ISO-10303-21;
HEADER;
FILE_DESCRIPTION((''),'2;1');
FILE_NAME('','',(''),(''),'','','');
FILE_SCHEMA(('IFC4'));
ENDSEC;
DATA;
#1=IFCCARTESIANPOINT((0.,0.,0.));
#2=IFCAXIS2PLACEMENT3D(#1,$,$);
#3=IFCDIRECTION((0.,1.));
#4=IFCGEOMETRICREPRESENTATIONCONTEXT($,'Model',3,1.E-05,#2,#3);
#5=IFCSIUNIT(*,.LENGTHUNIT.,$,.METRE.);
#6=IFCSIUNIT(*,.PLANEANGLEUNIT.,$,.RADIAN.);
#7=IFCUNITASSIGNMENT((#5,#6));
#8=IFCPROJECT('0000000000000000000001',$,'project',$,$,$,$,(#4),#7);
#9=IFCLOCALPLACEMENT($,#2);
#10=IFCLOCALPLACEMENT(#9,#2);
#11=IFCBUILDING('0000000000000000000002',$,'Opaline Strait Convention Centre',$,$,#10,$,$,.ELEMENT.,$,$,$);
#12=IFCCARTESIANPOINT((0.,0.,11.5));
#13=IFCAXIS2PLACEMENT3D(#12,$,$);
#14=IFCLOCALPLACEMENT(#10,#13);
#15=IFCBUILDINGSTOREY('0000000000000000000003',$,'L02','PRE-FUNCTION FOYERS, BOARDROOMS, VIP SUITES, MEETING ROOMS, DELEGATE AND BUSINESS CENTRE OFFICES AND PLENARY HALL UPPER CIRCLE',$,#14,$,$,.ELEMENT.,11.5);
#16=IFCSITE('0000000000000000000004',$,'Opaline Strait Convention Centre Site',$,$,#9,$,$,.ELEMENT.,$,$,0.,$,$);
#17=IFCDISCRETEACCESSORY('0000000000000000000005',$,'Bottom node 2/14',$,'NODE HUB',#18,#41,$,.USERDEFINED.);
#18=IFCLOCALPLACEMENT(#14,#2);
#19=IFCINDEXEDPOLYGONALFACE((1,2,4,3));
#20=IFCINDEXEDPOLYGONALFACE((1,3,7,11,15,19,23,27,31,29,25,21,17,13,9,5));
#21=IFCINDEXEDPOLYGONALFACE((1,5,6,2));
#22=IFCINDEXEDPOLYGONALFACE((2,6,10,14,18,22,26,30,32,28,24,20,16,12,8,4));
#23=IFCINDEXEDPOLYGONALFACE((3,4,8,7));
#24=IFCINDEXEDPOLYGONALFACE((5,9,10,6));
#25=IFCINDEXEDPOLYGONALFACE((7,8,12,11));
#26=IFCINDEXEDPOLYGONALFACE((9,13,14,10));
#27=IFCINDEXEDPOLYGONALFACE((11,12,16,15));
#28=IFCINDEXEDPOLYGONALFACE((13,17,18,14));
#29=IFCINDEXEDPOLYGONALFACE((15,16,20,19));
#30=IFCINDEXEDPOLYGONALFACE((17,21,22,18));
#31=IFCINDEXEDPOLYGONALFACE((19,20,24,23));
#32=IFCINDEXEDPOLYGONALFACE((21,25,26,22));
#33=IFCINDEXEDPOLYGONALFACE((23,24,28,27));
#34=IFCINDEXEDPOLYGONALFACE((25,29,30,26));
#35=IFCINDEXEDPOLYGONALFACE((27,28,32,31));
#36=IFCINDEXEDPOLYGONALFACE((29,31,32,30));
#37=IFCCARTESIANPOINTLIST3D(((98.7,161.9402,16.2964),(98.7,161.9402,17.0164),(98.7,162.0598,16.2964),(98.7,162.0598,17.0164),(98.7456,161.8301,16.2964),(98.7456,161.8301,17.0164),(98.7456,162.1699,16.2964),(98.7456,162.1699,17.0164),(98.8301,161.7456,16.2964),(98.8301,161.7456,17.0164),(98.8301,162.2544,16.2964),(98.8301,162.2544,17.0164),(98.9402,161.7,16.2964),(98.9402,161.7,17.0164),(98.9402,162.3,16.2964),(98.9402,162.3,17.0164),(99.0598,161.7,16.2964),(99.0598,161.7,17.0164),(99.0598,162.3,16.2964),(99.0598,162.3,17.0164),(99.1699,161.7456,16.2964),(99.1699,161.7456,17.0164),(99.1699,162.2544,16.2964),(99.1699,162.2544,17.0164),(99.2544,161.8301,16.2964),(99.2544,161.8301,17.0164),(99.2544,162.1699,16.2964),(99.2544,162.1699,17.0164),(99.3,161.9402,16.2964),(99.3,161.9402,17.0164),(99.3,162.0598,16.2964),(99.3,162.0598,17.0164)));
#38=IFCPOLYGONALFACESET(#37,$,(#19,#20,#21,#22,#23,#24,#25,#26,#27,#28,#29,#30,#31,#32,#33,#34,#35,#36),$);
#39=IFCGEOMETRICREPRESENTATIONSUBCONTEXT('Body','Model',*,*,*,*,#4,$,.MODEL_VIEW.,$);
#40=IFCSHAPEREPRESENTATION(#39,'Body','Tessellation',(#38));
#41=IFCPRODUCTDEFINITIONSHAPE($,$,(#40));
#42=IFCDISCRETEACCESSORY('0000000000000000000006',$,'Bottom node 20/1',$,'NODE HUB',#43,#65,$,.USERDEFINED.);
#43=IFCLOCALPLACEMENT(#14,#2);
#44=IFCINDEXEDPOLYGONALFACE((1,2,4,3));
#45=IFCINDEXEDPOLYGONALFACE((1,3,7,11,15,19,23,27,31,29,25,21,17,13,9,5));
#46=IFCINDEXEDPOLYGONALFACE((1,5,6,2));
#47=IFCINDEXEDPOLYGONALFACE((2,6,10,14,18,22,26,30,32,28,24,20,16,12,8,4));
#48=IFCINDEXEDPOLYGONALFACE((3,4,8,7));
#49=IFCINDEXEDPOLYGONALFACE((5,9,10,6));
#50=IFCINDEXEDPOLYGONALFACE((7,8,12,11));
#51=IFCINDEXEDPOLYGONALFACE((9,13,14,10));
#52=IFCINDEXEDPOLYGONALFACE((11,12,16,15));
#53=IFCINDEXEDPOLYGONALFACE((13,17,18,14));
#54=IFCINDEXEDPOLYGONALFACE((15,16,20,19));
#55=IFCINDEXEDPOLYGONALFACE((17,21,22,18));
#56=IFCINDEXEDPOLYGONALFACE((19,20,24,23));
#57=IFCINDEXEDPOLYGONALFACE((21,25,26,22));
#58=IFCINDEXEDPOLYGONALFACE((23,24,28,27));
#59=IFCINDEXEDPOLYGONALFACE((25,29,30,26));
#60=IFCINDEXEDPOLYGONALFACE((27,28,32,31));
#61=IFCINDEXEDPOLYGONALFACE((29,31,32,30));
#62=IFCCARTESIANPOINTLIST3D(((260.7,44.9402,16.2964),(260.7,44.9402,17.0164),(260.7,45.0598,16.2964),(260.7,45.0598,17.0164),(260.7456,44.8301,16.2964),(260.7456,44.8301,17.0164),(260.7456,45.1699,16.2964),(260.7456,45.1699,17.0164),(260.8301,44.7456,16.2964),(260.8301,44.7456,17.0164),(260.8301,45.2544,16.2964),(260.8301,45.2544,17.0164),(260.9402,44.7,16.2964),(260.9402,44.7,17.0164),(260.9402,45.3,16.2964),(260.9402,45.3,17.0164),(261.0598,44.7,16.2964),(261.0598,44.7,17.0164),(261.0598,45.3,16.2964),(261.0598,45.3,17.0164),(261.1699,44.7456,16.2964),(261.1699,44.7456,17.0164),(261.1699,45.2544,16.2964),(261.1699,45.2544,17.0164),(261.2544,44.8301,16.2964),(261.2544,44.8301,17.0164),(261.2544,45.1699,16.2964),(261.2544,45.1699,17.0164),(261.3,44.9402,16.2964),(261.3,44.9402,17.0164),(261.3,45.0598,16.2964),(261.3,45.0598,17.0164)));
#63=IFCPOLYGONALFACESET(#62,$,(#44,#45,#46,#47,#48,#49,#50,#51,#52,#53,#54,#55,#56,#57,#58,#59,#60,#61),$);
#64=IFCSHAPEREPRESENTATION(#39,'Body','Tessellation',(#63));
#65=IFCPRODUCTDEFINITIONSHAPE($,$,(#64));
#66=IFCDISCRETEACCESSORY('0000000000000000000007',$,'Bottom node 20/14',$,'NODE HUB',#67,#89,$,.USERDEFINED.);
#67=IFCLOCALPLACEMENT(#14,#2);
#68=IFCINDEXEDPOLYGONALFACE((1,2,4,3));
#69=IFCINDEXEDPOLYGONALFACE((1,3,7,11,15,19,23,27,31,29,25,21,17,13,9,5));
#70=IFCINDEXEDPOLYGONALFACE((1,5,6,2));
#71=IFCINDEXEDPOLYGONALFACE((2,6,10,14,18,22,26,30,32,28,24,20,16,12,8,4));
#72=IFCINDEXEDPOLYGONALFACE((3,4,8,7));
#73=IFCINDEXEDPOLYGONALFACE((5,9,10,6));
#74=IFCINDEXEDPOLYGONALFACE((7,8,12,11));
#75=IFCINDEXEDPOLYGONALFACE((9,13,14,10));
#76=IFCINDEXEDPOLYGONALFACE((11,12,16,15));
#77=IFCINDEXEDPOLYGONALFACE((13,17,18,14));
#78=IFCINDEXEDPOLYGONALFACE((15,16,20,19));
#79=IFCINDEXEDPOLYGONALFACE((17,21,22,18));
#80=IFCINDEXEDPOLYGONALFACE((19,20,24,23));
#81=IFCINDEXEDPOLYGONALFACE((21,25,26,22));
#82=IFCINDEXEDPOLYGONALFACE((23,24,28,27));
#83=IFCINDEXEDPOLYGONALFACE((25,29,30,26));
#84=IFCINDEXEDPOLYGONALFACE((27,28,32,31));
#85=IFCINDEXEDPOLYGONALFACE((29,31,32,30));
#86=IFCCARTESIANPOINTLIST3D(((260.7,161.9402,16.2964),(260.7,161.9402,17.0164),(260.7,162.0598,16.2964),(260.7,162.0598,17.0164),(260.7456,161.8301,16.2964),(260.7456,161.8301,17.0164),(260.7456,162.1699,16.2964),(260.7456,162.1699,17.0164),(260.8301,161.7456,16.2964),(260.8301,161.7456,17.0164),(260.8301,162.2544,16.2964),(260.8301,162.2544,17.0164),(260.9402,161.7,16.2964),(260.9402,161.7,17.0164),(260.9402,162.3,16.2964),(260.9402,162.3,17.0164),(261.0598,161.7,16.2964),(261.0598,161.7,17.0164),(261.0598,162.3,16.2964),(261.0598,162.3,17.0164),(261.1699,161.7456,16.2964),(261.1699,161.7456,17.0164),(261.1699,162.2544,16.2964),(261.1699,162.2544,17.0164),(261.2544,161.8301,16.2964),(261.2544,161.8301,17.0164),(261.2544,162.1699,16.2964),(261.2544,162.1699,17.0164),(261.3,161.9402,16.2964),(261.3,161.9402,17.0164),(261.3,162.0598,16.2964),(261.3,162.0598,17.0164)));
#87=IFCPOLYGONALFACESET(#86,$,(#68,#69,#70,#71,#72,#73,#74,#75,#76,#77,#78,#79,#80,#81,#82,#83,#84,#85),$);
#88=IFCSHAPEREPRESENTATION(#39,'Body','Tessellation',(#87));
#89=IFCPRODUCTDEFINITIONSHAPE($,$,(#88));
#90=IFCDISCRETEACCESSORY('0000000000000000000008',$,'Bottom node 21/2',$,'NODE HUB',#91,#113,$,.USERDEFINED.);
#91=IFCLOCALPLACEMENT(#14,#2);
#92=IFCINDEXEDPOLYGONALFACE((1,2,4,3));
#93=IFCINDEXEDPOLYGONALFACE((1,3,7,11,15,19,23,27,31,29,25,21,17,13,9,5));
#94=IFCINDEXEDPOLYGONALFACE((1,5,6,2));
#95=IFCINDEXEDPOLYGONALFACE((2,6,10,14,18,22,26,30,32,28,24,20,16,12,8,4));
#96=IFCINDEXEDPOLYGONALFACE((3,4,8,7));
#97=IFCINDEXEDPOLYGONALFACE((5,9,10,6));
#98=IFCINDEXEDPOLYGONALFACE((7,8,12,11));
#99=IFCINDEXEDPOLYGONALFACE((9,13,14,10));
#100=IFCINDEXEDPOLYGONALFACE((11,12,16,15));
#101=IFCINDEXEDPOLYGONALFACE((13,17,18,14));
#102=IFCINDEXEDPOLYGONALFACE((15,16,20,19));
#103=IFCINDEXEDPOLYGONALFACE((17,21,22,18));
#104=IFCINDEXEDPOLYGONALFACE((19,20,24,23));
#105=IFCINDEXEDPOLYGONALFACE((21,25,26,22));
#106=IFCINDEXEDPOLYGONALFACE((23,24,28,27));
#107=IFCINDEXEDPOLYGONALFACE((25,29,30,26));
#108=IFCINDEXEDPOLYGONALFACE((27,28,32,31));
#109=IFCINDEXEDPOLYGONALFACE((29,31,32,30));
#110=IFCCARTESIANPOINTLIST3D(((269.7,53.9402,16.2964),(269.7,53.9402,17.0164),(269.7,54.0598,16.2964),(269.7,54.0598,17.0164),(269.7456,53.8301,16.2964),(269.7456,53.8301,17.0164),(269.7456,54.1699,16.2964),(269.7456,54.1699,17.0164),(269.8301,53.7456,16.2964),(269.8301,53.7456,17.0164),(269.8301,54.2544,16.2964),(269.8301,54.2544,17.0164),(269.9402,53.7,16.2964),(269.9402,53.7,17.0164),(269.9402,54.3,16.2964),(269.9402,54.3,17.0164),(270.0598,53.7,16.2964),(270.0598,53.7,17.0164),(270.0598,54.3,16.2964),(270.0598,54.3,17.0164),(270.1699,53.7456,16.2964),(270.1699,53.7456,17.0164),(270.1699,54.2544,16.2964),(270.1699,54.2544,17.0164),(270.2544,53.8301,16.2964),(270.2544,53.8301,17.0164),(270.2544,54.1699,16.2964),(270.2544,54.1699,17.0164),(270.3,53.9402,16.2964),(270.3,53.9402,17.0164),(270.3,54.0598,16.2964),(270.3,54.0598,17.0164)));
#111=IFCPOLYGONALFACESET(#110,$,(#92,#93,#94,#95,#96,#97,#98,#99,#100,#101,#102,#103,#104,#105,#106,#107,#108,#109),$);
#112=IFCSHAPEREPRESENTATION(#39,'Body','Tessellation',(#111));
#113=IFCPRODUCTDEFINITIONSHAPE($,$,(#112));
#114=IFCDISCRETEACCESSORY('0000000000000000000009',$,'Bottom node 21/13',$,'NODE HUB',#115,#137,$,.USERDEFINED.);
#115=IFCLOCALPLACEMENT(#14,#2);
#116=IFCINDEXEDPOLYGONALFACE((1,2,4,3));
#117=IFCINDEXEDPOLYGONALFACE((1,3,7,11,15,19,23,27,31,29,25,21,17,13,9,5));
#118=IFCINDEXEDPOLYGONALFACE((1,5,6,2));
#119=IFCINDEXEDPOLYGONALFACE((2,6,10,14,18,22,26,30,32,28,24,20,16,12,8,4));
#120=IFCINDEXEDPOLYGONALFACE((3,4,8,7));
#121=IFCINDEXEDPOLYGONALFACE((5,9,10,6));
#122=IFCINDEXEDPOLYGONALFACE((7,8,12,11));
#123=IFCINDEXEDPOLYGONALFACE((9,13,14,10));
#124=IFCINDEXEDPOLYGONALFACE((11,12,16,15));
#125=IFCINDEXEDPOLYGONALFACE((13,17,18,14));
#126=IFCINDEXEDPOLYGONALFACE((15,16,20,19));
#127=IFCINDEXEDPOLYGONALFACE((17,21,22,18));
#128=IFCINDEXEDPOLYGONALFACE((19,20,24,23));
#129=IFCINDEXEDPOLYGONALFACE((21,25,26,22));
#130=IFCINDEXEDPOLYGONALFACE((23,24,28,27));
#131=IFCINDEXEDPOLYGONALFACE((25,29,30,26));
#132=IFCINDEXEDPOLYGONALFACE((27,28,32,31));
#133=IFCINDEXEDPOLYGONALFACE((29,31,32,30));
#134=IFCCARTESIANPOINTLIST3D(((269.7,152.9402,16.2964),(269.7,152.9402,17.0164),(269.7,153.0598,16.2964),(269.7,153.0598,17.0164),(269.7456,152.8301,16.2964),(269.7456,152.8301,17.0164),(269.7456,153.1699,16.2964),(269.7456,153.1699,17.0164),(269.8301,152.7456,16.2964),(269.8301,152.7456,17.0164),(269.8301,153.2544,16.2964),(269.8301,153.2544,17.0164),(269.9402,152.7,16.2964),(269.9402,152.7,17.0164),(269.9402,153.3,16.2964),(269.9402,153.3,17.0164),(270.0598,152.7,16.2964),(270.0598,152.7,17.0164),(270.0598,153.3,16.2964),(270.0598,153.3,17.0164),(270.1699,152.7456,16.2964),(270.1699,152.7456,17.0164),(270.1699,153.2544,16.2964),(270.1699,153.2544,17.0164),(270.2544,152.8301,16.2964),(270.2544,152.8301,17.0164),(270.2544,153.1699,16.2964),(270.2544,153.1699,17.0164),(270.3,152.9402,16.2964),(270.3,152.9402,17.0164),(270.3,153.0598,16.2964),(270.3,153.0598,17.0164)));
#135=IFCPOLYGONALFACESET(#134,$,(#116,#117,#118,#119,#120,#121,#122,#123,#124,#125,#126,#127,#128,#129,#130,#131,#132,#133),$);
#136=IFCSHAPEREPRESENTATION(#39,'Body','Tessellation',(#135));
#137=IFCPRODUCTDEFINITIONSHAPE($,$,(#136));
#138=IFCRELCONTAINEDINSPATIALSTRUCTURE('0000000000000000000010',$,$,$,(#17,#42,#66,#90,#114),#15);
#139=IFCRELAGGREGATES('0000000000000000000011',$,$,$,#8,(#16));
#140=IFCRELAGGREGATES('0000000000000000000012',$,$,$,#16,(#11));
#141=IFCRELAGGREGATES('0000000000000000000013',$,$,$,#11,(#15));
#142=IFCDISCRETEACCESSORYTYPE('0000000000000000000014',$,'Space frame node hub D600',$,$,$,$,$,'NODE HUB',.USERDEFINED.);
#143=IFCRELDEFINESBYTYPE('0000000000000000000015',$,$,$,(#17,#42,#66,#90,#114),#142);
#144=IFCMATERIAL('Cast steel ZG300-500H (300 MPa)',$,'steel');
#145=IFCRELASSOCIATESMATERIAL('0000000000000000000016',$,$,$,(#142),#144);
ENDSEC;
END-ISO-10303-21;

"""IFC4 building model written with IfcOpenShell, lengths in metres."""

from ifc_helpers import new_model, si_unit, direction, frame, origin, place, context, subcontext, project, spatial, polyline, outline, extrude, material, type_object, element, save


model = new_model("IFC4")

# Units and contexts
model_context = context("Model", 3, precision=1e-05, world=origin(), true_north=direction((0.0, 1.0)))
body_context = subcontext(model_context, "Body", "Model", "MODEL_VIEW")
ifc_project = project(units=[si_unit("LENGTHUNIT", "METRE"), si_unit("PLANEANGLEUNIT", "RADIAN")], contexts=[model_context])

# Site, building, storey
site_placement = place(None, origin())
site = spatial("IfcSite", under=ifc_project, at=site_placement, Name="Opaline Strait Convention Centre Site", CompositionType="ELEMENT", RefElevation=0.0)
building_placement = place(site_placement, origin())
building = spatial("IfcBuilding", under=site, at=building_placement, Name="Opaline Strait Convention Centre", CompositionType="ELEMENT")
storey_placement = place(building_placement, frame((0.0, 0.0, 11.5)))
storey = spatial("IfcBuildingStorey", under=building, at=storey_placement, Name="L02", Description="PRE-FUNCTION FOYERS, BOARDROOMS, VIP SUITES, MEETING ROOMS, DELEGATE AND BUSINESS CENTRE OFFICES AND PLENARY HALL UPPER CIRCLE", CompositionType="ELEMENT", Elevation=11.5)

# Discrete accessories
ifc_material = material(Name="Cast steel ZG300-500H (300 MPa)", Category="steel")
discrete_accessory_type_1 = type_object("IfcDiscreteAccessoryType", Name="Space frame node hub D600", ElementType="NODE HUB", PredefinedType="USERDEFINED", material=ifc_material)
discrete_accessory_1_placement = place(storey_placement, frame((0.0, 0.0, 16.2964)))
element("IfcDiscreteAccessory", 1, at=discrete_accessory_1_placement, inside=storey, type_object=discrete_accessory_type_1, Name="Bottom node 2/14", ObjectType="NODE HUB", PredefinedType="USERDEFINED", context=body_context, shape_type="SweptSolid", body=[
    extrude(outline(polyline([(99.3, 162.0598), (99.2544, 162.1699), (99.1699, 162.2544), (99.0598, 162.3), (98.9402, 162.3), (98.8301, 162.2544), (98.7456, 162.1699), (98.7, 162.0598), (98.7, 161.9402), (98.7456, 161.8301), (98.8301, 161.7456), (98.9402, 161.7), (99.0598, 161.7), (99.1699, 161.7456), (99.2544, 161.8301), (99.3, 161.9402), (99.3, 162.0598)])), origin(), (0.0, 0.0, 1.0), 0.72),
])
discrete_accessory_2_placement = place(storey_placement, frame((0.0, 0.0, 16.2964)))
element("IfcDiscreteAccessory", 2, at=discrete_accessory_2_placement, inside=storey, type_object=discrete_accessory_type_1, Name="Bottom node 20/1", ObjectType="NODE HUB", PredefinedType="USERDEFINED", context=body_context, shape_type="SweptSolid", body=[
    extrude(outline(polyline([(261.3, 45.0598), (261.2544, 45.1699), (261.1699, 45.2544), (261.0598, 45.3), (260.9402, 45.3), (260.8301, 45.2544), (260.7456, 45.1699), (260.7, 45.0598), (260.7, 44.9402), (260.7456, 44.8301), (260.8301, 44.7456), (260.9402, 44.7), (261.0598, 44.7), (261.1699, 44.7456), (261.2544, 44.8301), (261.3, 44.9402), (261.3, 45.0598)])), origin(), (0.0, 0.0, 1.0), 0.72),
])
discrete_accessory_3_placement = place(storey_placement, frame((0.0, 0.0, 16.2964)))
element("IfcDiscreteAccessory", 3, at=discrete_accessory_3_placement, inside=storey, type_object=discrete_accessory_type_1, Name="Bottom node 20/14", ObjectType="NODE HUB", PredefinedType="USERDEFINED", context=body_context, shape_type="SweptSolid", body=[
    extrude(outline(polyline([(261.3, 162.0598), (261.2544, 162.1699), (261.1699, 162.2544), (261.0598, 162.3), (260.9402, 162.3), (260.8301, 162.2544), (260.7456, 162.1699), (260.7, 162.0598), (260.7, 161.9402), (260.7456, 161.8301), (260.8301, 161.7456), (260.9402, 161.7), (261.0598, 161.7), (261.1699, 161.7456), (261.2544, 161.8301), (261.3, 161.9402), (261.3, 162.0598)])), origin(), (0.0, 0.0, 1.0), 0.72),
])
discrete_accessory_4_placement = place(storey_placement, frame((0.0, 0.0, 16.2964)))
element("IfcDiscreteAccessory", 4, at=discrete_accessory_4_placement, inside=storey, type_object=discrete_accessory_type_1, Name="Bottom node 21/2", ObjectType="NODE HUB", PredefinedType="USERDEFINED", context=body_context, shape_type="SweptSolid", body=[
    extrude(outline(polyline([(270.3, 54.0598), (270.2544, 54.1699), (270.1699, 54.2544), (270.0598, 54.3), (269.9402, 54.3), (269.8301, 54.2544), (269.7456, 54.1699), (269.7, 54.0598), (269.7, 53.9402), (269.7456, 53.8301), (269.8301, 53.7456), (269.9402, 53.7), (270.0598, 53.7), (270.1699, 53.7456), (270.2544, 53.8301), (270.3, 53.9402), (270.3, 54.0598)])), origin(), (0.0, 0.0, 1.0), 0.72),
])
discrete_accessory_5_placement = place(storey_placement, frame((0.0, 0.0, 16.2964)))
element("IfcDiscreteAccessory", 5, at=discrete_accessory_5_placement, inside=storey, type_object=discrete_accessory_type_1, Name="Bottom node 21/13", ObjectType="NODE HUB", PredefinedType="USERDEFINED", context=body_context, shape_type="SweptSolid", body=[
    extrude(outline(polyline([(270.3, 153.0598), (270.2544, 153.1699), (270.1699, 153.2544), (270.0598, 153.3), (269.9402, 153.3), (269.8301, 153.2544), (269.7456, 153.1699), (269.7, 153.0598), (269.7, 152.9402), (269.7456, 152.8301), (269.8301, 152.7456), (269.9402, 152.7), (270.0598, 152.7), (270.1699, 152.7456), (270.2544, 152.8301), (270.3, 152.9402), (270.3, 153.0598)])), origin(), (0.0, 0.0, 1.0), 0.72),
])

save(model, "model.ifc")
